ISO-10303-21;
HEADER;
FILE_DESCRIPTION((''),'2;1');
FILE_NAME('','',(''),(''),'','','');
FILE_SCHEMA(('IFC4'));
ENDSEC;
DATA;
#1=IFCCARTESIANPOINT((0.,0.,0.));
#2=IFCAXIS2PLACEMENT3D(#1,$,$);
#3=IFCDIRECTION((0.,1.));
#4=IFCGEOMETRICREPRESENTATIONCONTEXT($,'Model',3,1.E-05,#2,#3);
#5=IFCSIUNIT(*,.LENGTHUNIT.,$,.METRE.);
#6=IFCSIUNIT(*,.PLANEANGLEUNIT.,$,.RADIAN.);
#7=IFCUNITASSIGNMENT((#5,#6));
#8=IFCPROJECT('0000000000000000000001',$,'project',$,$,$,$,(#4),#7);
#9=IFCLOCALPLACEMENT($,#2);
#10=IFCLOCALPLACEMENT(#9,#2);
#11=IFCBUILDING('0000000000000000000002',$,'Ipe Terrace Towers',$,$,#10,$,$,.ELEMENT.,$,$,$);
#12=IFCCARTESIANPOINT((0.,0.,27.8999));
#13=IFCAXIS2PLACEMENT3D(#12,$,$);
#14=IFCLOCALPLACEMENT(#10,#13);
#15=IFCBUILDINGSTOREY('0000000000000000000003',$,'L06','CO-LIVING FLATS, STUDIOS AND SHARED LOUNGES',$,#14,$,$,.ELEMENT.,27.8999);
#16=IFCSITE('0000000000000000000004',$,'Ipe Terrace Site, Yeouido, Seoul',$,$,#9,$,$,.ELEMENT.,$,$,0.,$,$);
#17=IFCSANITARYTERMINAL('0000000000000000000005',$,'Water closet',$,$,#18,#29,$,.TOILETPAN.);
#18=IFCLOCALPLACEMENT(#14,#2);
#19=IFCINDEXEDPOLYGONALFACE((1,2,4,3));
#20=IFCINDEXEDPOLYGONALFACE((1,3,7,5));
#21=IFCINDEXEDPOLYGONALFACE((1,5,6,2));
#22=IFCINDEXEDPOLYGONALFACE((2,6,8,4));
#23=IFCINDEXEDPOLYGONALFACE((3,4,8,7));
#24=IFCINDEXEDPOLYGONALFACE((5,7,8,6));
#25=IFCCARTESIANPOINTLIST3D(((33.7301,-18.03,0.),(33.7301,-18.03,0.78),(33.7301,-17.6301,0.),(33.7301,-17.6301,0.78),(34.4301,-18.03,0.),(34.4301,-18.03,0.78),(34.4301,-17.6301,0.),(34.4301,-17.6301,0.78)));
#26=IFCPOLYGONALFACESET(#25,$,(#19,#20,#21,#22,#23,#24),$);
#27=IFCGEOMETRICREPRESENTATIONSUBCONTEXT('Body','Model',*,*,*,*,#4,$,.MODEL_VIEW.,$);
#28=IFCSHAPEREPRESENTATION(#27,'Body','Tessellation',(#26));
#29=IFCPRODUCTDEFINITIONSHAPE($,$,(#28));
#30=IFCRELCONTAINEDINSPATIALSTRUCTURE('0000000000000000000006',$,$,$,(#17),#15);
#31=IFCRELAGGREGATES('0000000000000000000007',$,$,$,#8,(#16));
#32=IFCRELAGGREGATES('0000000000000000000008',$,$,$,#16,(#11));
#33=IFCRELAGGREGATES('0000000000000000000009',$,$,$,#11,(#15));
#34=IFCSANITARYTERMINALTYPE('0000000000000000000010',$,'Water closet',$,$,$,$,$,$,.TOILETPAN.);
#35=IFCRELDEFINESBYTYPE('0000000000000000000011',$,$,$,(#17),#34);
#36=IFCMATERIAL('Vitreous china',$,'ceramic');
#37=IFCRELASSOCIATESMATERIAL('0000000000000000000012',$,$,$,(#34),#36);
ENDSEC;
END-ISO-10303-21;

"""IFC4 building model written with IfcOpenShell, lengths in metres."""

from ifc_helpers import new_model, si_unit, direction, frame, origin, origin_2d, place, context, subcontext, project, spatial, rectangle, extrude, material, type_object, element, save


model = new_model("IFC4")

# Units and contexts
model_context = context("Model", 3, precision=1e-05, world=origin(), true_north=direction((0.0, 1.0)))
body_context = subcontext(model_context, "Body", "Model", "MODEL_VIEW")
ifc_project = project(units=[si_unit("LENGTHUNIT", "METRE"), si_unit("PLANEANGLEUNIT", "RADIAN")], contexts=[model_context])

# Site, building, storey
site_placement = place(None, origin())
site = spatial("IfcSite", under=ifc_project, at=site_placement, Name="Ipe Terrace Site, Yeouido, Seoul", CompositionType="ELEMENT", RefElevation=0.0)
building_placement = place(site_placement, origin())
building = spatial("IfcBuilding", under=site, at=building_placement, Name="Ipe Terrace Towers", CompositionType="ELEMENT")
storey_placement = place(building_placement, frame((0.0, 0.0, 27.8999)))
storey = spatial("IfcBuildingStorey", under=building, at=storey_placement, Name="L06", Description="CO-LIVING FLATS, STUDIOS AND SHARED LOUNGES", CompositionType="ELEMENT", Elevation=27.8999)

# Sanitary terminal
ifc_material_1 = material(Name="Vitreous china", Category="ceramic")
sanitary_terminal_type_1 = type_object("IfcSanitaryTerminalType", Name="Water closet", PredefinedType="TOILETPAN", material=ifc_material_1)
sanitary_terminal_1_placement = place(storey_placement, frame((34.0801, -17.8301, 0.0), z_axis=(0.0, 0.0, 1.0), x_axis=(-1.0, 0.0, 0.0)))
element("IfcSanitaryTerminal", 1, at=sanitary_terminal_1_placement, inside=storey, type_object=sanitary_terminal_type_1, Name="Water closet", PredefinedType="TOILETPAN", context=body_context, shape_type="SweptSolid", body=[
    extrude(rectangle(XDim=0.7, YDim=0.3999, at=origin_2d()), origin(), (0.0, 0.0, 1.0), 0.78),
])

save(model, "model.ifc")
